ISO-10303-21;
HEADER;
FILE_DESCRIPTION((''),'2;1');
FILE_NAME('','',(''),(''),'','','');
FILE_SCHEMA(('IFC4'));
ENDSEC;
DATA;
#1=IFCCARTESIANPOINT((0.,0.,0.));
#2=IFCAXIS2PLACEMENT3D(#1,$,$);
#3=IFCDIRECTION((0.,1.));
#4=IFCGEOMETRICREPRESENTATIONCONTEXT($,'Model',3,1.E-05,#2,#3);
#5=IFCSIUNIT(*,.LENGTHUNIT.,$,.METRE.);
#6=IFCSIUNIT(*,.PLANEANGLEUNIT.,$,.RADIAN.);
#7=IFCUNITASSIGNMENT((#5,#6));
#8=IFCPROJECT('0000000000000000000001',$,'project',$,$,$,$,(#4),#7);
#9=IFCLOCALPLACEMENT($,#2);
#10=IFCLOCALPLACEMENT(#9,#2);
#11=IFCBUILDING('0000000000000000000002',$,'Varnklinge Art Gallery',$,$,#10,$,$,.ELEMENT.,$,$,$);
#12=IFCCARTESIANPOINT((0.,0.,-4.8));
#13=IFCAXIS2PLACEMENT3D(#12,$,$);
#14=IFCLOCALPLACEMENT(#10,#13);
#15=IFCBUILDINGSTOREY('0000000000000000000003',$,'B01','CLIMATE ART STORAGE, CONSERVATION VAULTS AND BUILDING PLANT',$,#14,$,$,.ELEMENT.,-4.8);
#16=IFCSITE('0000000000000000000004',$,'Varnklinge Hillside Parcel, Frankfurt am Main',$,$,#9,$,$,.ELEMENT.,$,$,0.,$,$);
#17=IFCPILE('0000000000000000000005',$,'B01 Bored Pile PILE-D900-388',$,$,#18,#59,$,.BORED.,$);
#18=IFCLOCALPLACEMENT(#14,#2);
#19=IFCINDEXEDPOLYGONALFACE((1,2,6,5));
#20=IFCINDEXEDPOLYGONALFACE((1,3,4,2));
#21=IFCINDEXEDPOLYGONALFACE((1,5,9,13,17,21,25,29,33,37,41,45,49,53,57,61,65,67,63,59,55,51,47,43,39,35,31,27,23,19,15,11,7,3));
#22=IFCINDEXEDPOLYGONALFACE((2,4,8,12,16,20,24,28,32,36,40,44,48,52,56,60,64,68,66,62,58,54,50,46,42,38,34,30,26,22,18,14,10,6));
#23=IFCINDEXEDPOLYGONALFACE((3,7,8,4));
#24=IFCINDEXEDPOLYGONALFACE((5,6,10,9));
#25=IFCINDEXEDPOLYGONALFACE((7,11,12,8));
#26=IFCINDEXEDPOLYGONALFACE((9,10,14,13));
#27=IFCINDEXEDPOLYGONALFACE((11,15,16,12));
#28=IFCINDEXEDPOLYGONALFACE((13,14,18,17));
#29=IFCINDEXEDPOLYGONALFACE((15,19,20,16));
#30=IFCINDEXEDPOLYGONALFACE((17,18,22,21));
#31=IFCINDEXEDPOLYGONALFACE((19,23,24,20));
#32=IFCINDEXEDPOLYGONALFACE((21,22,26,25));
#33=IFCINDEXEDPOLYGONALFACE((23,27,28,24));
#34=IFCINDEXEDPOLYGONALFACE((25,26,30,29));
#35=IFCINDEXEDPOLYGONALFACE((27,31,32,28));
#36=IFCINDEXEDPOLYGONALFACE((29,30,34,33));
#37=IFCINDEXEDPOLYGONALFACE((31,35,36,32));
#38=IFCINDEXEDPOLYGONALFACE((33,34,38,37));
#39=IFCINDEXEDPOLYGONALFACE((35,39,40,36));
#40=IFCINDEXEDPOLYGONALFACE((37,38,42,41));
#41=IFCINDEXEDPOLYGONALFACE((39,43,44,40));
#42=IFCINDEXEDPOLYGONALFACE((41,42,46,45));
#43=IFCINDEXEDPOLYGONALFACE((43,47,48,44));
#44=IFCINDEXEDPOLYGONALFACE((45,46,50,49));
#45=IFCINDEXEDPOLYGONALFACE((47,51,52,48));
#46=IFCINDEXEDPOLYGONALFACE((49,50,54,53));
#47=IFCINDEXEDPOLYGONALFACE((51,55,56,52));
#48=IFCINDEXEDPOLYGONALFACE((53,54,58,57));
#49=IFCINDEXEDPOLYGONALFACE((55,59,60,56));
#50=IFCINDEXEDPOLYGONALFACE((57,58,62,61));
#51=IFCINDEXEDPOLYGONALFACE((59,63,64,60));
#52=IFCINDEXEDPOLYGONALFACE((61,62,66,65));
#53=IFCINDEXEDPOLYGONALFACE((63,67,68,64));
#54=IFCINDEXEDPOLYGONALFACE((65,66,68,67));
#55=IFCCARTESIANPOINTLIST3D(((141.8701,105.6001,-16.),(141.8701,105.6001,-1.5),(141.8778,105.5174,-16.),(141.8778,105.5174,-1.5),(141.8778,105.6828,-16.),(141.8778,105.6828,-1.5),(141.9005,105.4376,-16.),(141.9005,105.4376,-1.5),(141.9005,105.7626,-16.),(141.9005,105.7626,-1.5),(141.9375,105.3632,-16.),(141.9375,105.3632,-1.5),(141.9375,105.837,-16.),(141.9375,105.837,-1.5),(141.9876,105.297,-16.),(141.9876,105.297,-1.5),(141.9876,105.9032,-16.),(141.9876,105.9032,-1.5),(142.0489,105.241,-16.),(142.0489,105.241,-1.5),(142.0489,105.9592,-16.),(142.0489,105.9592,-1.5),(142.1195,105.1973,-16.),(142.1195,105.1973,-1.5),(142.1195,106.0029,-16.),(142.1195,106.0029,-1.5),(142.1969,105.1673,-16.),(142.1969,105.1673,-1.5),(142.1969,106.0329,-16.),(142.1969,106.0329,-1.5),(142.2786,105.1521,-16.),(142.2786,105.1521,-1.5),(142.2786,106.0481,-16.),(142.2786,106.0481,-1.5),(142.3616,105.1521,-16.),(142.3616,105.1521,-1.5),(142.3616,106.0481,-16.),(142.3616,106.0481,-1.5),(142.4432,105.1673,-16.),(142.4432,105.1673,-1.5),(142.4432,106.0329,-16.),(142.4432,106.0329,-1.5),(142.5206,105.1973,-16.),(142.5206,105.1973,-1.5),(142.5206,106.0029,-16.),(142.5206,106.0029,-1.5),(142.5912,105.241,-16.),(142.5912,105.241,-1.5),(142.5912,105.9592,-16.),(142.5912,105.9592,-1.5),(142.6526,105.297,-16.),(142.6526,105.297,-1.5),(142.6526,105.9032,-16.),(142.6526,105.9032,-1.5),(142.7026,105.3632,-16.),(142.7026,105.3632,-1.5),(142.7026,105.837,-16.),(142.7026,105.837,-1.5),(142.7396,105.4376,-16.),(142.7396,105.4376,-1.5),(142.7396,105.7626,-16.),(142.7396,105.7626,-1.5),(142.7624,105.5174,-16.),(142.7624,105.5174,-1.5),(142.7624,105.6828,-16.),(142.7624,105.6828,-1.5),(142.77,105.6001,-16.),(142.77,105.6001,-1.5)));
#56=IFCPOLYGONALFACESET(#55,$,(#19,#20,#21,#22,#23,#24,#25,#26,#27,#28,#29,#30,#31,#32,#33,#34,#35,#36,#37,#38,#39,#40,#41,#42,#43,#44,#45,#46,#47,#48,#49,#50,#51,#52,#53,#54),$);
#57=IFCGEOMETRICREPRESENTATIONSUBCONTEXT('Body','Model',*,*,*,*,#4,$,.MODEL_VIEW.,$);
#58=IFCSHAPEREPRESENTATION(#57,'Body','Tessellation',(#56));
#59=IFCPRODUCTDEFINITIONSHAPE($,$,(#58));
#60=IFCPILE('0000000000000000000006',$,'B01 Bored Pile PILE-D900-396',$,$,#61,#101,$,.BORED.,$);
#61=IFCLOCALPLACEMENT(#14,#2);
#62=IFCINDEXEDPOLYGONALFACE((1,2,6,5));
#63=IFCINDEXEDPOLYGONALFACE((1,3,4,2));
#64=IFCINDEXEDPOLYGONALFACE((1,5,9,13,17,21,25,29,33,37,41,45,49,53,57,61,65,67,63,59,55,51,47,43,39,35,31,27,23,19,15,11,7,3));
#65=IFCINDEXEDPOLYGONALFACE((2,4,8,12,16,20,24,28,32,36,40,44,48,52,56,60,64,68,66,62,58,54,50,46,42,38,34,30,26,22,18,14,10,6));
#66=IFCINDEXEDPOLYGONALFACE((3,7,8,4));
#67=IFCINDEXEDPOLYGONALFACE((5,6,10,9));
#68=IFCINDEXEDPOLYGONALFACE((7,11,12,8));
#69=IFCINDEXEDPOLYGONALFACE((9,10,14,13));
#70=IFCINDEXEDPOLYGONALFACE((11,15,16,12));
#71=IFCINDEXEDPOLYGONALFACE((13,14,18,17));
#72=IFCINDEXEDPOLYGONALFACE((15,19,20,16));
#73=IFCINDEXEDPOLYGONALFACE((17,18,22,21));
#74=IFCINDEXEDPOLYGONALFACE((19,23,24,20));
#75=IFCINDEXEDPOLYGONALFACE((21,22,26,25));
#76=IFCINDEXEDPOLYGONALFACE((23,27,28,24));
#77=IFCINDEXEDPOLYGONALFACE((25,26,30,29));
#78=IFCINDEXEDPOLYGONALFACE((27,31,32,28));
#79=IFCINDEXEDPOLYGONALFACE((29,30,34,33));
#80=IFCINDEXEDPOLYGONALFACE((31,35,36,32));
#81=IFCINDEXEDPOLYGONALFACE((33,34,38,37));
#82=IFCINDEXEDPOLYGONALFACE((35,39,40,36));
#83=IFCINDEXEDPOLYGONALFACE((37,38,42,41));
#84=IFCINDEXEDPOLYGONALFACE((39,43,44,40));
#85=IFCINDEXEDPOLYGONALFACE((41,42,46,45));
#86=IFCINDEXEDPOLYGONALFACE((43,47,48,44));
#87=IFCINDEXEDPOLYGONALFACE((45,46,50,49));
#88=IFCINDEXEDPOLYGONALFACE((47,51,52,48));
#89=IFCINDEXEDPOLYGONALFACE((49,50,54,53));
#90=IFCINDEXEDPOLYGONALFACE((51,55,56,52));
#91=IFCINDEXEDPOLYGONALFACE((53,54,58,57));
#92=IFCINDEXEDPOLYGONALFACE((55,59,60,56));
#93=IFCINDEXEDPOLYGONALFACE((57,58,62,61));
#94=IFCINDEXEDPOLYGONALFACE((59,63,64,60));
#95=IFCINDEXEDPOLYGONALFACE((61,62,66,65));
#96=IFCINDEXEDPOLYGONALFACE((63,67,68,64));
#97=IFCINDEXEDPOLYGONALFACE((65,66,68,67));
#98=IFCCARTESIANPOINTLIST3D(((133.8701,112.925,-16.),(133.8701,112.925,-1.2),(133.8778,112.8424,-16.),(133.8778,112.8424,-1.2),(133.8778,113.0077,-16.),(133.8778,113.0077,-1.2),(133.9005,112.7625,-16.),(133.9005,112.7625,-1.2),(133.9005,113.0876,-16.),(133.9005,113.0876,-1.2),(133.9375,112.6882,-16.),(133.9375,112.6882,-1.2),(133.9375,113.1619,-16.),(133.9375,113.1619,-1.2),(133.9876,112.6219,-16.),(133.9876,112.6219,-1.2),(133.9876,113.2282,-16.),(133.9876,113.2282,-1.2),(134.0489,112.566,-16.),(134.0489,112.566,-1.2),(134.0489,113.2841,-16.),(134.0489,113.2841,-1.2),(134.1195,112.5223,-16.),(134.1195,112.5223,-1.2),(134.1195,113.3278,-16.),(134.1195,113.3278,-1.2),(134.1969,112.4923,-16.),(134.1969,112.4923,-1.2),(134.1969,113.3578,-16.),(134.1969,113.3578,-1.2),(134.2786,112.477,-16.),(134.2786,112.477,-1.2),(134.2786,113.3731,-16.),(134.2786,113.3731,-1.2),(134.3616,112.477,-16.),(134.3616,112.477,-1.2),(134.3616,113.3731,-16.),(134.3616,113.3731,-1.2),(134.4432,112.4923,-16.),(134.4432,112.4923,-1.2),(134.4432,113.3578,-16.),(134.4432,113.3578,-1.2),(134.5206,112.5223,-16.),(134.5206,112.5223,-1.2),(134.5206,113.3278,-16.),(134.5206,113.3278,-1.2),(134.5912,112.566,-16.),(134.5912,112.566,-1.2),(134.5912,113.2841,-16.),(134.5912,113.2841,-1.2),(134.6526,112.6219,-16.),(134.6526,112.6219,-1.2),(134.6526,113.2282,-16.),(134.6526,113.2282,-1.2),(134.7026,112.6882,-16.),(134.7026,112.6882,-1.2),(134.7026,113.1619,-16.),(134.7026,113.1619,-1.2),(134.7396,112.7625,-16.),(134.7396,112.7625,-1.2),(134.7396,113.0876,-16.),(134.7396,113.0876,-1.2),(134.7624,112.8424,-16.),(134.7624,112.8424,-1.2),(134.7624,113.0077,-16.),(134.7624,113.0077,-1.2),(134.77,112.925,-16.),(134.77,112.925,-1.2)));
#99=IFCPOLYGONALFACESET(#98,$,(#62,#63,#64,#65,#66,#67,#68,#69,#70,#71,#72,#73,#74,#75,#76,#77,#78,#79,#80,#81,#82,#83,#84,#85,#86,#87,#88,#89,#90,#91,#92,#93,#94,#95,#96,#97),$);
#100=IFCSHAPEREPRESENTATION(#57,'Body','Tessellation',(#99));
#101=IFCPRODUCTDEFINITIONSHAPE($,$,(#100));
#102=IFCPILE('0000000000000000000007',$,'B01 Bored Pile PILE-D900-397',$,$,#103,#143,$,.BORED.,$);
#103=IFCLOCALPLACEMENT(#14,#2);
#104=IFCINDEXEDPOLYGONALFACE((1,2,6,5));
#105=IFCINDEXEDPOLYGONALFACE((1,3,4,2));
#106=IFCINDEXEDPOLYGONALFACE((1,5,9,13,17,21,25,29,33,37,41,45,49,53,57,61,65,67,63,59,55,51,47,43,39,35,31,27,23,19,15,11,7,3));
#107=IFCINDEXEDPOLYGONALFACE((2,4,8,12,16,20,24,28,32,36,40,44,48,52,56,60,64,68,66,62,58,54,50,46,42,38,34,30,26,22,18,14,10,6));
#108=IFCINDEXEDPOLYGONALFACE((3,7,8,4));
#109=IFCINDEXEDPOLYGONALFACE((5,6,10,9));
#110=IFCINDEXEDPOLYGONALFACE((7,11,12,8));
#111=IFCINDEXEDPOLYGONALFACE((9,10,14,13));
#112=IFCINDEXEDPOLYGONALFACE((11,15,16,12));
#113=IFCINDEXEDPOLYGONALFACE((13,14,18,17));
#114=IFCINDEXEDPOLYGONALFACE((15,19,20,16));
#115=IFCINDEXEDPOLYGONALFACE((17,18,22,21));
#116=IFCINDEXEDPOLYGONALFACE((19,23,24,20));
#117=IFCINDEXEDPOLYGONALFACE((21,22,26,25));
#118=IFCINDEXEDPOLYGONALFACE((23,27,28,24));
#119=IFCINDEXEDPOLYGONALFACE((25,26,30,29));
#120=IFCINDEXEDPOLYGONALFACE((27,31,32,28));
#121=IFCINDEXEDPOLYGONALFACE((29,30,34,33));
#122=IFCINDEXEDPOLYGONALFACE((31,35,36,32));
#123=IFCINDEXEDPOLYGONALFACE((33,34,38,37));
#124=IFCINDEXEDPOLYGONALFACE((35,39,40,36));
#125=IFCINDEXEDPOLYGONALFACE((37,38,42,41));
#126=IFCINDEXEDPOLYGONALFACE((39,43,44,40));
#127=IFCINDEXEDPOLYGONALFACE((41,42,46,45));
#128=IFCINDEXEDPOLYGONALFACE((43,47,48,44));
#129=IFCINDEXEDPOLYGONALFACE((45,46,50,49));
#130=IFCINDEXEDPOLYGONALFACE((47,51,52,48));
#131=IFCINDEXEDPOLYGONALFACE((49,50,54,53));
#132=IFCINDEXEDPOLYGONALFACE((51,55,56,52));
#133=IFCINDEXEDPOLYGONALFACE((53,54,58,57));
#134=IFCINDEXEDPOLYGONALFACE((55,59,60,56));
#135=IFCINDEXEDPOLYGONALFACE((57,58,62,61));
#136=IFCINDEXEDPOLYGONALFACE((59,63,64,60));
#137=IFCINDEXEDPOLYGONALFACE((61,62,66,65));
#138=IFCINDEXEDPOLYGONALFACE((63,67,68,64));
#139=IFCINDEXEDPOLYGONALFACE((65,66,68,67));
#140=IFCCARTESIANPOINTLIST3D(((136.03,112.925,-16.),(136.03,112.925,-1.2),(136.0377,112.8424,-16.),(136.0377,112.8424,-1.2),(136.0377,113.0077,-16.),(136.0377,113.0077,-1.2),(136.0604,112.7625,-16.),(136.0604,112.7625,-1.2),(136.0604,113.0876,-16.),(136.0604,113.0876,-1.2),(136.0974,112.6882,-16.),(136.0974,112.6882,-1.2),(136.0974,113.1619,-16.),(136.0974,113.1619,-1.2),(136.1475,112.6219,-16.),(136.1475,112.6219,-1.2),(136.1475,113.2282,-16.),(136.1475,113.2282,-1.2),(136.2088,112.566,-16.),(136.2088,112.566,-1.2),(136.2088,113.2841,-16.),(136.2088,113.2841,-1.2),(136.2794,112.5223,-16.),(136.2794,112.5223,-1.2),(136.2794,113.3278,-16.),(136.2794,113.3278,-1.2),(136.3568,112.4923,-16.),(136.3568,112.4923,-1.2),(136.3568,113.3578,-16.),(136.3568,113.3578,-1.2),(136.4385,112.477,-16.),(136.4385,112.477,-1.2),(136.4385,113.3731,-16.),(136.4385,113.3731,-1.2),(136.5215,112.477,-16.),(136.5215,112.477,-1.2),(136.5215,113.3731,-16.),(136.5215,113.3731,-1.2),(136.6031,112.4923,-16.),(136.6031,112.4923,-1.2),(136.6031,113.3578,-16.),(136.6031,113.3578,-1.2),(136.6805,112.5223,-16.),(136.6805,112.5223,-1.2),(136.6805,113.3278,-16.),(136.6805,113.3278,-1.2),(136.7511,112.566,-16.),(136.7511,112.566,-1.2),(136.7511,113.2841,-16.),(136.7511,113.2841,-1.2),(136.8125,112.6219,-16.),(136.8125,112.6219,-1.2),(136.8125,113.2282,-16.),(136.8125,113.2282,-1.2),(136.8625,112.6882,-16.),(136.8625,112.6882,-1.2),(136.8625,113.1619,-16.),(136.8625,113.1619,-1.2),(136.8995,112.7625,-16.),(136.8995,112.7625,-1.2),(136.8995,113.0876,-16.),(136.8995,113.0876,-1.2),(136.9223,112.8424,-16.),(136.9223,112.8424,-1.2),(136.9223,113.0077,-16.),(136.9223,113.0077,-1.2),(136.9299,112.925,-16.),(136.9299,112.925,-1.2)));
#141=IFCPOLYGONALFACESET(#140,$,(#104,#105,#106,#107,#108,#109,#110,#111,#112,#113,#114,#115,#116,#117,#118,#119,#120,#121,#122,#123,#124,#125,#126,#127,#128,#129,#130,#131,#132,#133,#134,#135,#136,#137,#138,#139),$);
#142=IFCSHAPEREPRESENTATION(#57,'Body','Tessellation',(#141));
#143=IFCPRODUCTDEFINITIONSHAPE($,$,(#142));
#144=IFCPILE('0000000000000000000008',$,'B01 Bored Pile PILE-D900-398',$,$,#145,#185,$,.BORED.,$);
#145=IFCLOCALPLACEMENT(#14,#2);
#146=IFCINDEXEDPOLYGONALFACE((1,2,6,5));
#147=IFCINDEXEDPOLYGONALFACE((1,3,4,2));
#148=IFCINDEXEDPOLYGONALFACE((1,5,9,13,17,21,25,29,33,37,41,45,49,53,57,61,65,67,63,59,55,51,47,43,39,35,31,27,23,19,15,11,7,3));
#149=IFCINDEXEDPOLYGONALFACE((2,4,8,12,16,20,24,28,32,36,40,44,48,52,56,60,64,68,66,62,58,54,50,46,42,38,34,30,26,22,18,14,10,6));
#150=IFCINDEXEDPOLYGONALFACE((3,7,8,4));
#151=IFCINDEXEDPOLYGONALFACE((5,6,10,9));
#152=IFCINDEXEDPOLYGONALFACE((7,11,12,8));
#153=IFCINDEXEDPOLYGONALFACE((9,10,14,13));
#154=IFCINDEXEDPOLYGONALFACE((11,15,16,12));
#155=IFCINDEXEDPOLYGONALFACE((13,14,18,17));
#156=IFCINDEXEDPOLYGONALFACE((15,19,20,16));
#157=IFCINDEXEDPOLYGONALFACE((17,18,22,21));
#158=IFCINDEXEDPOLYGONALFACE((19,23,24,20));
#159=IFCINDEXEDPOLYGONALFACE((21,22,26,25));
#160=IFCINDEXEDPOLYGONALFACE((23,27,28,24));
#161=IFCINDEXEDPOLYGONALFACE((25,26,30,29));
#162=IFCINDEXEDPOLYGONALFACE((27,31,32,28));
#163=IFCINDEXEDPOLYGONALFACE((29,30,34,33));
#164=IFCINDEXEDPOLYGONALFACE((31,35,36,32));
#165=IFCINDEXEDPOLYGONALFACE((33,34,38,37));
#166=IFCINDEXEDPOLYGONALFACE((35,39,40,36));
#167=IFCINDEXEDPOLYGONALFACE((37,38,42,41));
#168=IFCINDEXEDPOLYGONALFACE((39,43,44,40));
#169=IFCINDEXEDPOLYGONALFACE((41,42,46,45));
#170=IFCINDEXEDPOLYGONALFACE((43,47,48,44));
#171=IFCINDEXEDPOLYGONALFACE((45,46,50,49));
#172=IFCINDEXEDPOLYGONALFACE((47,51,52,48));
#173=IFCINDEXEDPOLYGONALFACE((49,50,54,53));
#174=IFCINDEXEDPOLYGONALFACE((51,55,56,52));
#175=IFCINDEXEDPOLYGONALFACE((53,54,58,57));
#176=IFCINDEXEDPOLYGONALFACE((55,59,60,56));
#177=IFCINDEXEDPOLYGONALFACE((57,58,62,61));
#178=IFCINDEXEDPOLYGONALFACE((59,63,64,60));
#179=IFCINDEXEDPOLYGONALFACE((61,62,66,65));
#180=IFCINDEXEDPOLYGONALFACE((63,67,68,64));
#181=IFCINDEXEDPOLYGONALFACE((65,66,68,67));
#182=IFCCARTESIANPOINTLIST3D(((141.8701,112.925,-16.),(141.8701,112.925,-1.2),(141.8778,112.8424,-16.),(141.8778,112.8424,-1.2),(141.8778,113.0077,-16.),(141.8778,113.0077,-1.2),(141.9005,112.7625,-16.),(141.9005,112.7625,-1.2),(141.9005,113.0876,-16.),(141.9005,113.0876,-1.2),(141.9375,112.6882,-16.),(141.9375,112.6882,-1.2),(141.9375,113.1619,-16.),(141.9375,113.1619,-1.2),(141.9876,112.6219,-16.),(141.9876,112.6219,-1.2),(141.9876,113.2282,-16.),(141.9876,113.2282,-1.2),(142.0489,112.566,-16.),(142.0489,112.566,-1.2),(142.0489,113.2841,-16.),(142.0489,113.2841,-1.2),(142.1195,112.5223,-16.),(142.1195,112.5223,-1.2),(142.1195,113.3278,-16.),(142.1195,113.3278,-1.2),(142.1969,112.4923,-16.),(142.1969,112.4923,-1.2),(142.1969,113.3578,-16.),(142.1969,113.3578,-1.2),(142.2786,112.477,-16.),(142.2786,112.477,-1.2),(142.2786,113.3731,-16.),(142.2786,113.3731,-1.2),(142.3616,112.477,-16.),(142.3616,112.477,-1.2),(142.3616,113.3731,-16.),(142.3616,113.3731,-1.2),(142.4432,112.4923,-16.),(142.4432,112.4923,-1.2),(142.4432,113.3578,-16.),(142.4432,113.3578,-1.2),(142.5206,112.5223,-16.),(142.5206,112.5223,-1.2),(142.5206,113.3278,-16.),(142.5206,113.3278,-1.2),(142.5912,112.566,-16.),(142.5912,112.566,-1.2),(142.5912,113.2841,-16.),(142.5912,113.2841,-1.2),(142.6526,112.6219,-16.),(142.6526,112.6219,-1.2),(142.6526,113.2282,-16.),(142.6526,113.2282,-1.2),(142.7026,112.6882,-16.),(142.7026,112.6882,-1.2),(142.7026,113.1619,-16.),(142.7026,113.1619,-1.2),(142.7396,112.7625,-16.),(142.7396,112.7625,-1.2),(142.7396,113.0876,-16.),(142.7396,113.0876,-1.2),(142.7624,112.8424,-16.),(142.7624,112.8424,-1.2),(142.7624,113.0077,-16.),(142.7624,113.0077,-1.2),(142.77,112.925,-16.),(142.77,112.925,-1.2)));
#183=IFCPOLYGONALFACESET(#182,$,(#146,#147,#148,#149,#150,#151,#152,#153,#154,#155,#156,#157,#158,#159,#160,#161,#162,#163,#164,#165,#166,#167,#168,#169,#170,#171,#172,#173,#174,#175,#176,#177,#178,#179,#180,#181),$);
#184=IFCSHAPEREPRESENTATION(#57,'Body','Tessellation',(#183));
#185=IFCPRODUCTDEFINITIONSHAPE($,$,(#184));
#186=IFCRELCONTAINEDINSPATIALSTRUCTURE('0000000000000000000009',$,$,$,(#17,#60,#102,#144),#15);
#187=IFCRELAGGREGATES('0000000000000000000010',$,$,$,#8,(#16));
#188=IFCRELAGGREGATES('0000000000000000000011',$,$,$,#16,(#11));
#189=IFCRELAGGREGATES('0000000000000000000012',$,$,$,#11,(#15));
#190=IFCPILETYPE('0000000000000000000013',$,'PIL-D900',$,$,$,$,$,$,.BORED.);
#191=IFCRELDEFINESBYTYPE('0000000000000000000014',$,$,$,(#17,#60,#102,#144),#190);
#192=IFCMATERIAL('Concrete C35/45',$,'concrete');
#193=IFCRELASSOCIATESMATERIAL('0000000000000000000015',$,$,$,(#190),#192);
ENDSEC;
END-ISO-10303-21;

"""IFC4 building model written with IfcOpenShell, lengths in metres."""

from ifc_helpers import new_model, si_unit, direction, frame, origin, origin_2d, place, context, subcontext, project, spatial, circle, extrude, material, material_profile, profile_set, type_object, element, save


model = new_model("IFC4")

# Units and contexts
model_context = context("Model", 3, precision=1e-05, world=origin(), true_north=direction((0.0, 1.0)))
body_context = subcontext(model_context, "Body", "Model", "MODEL_VIEW")
ifc_project = project(units=[si_unit("LENGTHUNIT", "METRE"), si_unit("PLANEANGLEUNIT", "RADIAN")], contexts=[model_context])

# Site, building, storey
site_placement = place(None, origin())
site = spatial("IfcSite", under=ifc_project, at=site_placement, Name="Varnklinge Hillside Parcel, Frankfurt am Main", CompositionType="ELEMENT", RefElevation=0.0)
building_placement = place(site_placement, origin())
building = spatial("IfcBuilding", under=site, at=building_placement, Name="Varnklinge Art Gallery", CompositionType="ELEMENT")
storey_placement = place(building_placement, frame((0.0, 0.0, -4.8)))
storey = spatial("IfcBuildingStorey", under=building, at=storey_placement, Name="B01", Description="CLIMATE ART STORAGE, CONSERVATION VAULTS AND BUILDING PLANT", CompositionType="ELEMENT", Elevation=-4.8)

# Piles
ifc_material_1 = material(Name="Concrete C35/45", Category="concrete")
ifc_material_profile_1 = material_profile(ifc_material_1, circle(Radius=0.45, at=origin_2d()), Name="PILE D900")
ifc_profile_set_1 = profile_set([ifc_material_profile_1], Name="Concrete C35/45")
pile_type = type_object("IfcPileType", Name="PIL-D900", PredefinedType="BORED", material=ifc_profile_set_1)
for number, where, z_axis, x_axis, name in (
    (1, (142.3201, 105.6001, -1.5), (0.0, 0.0, -1.0), (1.0, 0.0, 0.0), "B01 Bored Pile PILE-D900-388"),
):
    element("IfcPile", number, at=place(storey_placement, frame(where, z_axis=z_axis, x_axis=x_axis)), inside=storey, type_object=pile_type, Name=name, PredefinedType="BORED", context=body_context, shape_type="SweptSolid", body=[
        extrude(circle(Radius=0.45, at=origin_2d()), origin(), (0.0, 0.0, 1.0), 14.5),
    ])
for number, where, z_axis, x_axis, name in (
    (2, (134.3201, 112.925, -1.2), (0.0, 0.0, -1.0), (1.0, 0.0, 0.0), "B01 Bored Pile PILE-D900-396"),
    (3, (136.48, 112.925, -1.2), (0.0, 0.0, -1.0), (1.0, 0.0, 0.0), "B01 Bored Pile PILE-D900-397"),
    (4, (142.3201, 112.925, -1.2), (0.0, 0.0, -1.0), (1.0, 0.0, 0.0), "B01 Bored Pile PILE-D900-398"),
):
    element("IfcPile", number, at=place(storey_placement, frame(where, z_axis=z_axis, x_axis=x_axis)), inside=storey, type_object=pile_type, Name=name, PredefinedType="BORED", context=body_context, shape_type="SweptSolid", body=[
        extrude(circle(Radius=0.45, at=origin_2d()), origin(), (0.0, 0.0, 1.0), 14.8),
    ])

save(model, "model.ifc")
